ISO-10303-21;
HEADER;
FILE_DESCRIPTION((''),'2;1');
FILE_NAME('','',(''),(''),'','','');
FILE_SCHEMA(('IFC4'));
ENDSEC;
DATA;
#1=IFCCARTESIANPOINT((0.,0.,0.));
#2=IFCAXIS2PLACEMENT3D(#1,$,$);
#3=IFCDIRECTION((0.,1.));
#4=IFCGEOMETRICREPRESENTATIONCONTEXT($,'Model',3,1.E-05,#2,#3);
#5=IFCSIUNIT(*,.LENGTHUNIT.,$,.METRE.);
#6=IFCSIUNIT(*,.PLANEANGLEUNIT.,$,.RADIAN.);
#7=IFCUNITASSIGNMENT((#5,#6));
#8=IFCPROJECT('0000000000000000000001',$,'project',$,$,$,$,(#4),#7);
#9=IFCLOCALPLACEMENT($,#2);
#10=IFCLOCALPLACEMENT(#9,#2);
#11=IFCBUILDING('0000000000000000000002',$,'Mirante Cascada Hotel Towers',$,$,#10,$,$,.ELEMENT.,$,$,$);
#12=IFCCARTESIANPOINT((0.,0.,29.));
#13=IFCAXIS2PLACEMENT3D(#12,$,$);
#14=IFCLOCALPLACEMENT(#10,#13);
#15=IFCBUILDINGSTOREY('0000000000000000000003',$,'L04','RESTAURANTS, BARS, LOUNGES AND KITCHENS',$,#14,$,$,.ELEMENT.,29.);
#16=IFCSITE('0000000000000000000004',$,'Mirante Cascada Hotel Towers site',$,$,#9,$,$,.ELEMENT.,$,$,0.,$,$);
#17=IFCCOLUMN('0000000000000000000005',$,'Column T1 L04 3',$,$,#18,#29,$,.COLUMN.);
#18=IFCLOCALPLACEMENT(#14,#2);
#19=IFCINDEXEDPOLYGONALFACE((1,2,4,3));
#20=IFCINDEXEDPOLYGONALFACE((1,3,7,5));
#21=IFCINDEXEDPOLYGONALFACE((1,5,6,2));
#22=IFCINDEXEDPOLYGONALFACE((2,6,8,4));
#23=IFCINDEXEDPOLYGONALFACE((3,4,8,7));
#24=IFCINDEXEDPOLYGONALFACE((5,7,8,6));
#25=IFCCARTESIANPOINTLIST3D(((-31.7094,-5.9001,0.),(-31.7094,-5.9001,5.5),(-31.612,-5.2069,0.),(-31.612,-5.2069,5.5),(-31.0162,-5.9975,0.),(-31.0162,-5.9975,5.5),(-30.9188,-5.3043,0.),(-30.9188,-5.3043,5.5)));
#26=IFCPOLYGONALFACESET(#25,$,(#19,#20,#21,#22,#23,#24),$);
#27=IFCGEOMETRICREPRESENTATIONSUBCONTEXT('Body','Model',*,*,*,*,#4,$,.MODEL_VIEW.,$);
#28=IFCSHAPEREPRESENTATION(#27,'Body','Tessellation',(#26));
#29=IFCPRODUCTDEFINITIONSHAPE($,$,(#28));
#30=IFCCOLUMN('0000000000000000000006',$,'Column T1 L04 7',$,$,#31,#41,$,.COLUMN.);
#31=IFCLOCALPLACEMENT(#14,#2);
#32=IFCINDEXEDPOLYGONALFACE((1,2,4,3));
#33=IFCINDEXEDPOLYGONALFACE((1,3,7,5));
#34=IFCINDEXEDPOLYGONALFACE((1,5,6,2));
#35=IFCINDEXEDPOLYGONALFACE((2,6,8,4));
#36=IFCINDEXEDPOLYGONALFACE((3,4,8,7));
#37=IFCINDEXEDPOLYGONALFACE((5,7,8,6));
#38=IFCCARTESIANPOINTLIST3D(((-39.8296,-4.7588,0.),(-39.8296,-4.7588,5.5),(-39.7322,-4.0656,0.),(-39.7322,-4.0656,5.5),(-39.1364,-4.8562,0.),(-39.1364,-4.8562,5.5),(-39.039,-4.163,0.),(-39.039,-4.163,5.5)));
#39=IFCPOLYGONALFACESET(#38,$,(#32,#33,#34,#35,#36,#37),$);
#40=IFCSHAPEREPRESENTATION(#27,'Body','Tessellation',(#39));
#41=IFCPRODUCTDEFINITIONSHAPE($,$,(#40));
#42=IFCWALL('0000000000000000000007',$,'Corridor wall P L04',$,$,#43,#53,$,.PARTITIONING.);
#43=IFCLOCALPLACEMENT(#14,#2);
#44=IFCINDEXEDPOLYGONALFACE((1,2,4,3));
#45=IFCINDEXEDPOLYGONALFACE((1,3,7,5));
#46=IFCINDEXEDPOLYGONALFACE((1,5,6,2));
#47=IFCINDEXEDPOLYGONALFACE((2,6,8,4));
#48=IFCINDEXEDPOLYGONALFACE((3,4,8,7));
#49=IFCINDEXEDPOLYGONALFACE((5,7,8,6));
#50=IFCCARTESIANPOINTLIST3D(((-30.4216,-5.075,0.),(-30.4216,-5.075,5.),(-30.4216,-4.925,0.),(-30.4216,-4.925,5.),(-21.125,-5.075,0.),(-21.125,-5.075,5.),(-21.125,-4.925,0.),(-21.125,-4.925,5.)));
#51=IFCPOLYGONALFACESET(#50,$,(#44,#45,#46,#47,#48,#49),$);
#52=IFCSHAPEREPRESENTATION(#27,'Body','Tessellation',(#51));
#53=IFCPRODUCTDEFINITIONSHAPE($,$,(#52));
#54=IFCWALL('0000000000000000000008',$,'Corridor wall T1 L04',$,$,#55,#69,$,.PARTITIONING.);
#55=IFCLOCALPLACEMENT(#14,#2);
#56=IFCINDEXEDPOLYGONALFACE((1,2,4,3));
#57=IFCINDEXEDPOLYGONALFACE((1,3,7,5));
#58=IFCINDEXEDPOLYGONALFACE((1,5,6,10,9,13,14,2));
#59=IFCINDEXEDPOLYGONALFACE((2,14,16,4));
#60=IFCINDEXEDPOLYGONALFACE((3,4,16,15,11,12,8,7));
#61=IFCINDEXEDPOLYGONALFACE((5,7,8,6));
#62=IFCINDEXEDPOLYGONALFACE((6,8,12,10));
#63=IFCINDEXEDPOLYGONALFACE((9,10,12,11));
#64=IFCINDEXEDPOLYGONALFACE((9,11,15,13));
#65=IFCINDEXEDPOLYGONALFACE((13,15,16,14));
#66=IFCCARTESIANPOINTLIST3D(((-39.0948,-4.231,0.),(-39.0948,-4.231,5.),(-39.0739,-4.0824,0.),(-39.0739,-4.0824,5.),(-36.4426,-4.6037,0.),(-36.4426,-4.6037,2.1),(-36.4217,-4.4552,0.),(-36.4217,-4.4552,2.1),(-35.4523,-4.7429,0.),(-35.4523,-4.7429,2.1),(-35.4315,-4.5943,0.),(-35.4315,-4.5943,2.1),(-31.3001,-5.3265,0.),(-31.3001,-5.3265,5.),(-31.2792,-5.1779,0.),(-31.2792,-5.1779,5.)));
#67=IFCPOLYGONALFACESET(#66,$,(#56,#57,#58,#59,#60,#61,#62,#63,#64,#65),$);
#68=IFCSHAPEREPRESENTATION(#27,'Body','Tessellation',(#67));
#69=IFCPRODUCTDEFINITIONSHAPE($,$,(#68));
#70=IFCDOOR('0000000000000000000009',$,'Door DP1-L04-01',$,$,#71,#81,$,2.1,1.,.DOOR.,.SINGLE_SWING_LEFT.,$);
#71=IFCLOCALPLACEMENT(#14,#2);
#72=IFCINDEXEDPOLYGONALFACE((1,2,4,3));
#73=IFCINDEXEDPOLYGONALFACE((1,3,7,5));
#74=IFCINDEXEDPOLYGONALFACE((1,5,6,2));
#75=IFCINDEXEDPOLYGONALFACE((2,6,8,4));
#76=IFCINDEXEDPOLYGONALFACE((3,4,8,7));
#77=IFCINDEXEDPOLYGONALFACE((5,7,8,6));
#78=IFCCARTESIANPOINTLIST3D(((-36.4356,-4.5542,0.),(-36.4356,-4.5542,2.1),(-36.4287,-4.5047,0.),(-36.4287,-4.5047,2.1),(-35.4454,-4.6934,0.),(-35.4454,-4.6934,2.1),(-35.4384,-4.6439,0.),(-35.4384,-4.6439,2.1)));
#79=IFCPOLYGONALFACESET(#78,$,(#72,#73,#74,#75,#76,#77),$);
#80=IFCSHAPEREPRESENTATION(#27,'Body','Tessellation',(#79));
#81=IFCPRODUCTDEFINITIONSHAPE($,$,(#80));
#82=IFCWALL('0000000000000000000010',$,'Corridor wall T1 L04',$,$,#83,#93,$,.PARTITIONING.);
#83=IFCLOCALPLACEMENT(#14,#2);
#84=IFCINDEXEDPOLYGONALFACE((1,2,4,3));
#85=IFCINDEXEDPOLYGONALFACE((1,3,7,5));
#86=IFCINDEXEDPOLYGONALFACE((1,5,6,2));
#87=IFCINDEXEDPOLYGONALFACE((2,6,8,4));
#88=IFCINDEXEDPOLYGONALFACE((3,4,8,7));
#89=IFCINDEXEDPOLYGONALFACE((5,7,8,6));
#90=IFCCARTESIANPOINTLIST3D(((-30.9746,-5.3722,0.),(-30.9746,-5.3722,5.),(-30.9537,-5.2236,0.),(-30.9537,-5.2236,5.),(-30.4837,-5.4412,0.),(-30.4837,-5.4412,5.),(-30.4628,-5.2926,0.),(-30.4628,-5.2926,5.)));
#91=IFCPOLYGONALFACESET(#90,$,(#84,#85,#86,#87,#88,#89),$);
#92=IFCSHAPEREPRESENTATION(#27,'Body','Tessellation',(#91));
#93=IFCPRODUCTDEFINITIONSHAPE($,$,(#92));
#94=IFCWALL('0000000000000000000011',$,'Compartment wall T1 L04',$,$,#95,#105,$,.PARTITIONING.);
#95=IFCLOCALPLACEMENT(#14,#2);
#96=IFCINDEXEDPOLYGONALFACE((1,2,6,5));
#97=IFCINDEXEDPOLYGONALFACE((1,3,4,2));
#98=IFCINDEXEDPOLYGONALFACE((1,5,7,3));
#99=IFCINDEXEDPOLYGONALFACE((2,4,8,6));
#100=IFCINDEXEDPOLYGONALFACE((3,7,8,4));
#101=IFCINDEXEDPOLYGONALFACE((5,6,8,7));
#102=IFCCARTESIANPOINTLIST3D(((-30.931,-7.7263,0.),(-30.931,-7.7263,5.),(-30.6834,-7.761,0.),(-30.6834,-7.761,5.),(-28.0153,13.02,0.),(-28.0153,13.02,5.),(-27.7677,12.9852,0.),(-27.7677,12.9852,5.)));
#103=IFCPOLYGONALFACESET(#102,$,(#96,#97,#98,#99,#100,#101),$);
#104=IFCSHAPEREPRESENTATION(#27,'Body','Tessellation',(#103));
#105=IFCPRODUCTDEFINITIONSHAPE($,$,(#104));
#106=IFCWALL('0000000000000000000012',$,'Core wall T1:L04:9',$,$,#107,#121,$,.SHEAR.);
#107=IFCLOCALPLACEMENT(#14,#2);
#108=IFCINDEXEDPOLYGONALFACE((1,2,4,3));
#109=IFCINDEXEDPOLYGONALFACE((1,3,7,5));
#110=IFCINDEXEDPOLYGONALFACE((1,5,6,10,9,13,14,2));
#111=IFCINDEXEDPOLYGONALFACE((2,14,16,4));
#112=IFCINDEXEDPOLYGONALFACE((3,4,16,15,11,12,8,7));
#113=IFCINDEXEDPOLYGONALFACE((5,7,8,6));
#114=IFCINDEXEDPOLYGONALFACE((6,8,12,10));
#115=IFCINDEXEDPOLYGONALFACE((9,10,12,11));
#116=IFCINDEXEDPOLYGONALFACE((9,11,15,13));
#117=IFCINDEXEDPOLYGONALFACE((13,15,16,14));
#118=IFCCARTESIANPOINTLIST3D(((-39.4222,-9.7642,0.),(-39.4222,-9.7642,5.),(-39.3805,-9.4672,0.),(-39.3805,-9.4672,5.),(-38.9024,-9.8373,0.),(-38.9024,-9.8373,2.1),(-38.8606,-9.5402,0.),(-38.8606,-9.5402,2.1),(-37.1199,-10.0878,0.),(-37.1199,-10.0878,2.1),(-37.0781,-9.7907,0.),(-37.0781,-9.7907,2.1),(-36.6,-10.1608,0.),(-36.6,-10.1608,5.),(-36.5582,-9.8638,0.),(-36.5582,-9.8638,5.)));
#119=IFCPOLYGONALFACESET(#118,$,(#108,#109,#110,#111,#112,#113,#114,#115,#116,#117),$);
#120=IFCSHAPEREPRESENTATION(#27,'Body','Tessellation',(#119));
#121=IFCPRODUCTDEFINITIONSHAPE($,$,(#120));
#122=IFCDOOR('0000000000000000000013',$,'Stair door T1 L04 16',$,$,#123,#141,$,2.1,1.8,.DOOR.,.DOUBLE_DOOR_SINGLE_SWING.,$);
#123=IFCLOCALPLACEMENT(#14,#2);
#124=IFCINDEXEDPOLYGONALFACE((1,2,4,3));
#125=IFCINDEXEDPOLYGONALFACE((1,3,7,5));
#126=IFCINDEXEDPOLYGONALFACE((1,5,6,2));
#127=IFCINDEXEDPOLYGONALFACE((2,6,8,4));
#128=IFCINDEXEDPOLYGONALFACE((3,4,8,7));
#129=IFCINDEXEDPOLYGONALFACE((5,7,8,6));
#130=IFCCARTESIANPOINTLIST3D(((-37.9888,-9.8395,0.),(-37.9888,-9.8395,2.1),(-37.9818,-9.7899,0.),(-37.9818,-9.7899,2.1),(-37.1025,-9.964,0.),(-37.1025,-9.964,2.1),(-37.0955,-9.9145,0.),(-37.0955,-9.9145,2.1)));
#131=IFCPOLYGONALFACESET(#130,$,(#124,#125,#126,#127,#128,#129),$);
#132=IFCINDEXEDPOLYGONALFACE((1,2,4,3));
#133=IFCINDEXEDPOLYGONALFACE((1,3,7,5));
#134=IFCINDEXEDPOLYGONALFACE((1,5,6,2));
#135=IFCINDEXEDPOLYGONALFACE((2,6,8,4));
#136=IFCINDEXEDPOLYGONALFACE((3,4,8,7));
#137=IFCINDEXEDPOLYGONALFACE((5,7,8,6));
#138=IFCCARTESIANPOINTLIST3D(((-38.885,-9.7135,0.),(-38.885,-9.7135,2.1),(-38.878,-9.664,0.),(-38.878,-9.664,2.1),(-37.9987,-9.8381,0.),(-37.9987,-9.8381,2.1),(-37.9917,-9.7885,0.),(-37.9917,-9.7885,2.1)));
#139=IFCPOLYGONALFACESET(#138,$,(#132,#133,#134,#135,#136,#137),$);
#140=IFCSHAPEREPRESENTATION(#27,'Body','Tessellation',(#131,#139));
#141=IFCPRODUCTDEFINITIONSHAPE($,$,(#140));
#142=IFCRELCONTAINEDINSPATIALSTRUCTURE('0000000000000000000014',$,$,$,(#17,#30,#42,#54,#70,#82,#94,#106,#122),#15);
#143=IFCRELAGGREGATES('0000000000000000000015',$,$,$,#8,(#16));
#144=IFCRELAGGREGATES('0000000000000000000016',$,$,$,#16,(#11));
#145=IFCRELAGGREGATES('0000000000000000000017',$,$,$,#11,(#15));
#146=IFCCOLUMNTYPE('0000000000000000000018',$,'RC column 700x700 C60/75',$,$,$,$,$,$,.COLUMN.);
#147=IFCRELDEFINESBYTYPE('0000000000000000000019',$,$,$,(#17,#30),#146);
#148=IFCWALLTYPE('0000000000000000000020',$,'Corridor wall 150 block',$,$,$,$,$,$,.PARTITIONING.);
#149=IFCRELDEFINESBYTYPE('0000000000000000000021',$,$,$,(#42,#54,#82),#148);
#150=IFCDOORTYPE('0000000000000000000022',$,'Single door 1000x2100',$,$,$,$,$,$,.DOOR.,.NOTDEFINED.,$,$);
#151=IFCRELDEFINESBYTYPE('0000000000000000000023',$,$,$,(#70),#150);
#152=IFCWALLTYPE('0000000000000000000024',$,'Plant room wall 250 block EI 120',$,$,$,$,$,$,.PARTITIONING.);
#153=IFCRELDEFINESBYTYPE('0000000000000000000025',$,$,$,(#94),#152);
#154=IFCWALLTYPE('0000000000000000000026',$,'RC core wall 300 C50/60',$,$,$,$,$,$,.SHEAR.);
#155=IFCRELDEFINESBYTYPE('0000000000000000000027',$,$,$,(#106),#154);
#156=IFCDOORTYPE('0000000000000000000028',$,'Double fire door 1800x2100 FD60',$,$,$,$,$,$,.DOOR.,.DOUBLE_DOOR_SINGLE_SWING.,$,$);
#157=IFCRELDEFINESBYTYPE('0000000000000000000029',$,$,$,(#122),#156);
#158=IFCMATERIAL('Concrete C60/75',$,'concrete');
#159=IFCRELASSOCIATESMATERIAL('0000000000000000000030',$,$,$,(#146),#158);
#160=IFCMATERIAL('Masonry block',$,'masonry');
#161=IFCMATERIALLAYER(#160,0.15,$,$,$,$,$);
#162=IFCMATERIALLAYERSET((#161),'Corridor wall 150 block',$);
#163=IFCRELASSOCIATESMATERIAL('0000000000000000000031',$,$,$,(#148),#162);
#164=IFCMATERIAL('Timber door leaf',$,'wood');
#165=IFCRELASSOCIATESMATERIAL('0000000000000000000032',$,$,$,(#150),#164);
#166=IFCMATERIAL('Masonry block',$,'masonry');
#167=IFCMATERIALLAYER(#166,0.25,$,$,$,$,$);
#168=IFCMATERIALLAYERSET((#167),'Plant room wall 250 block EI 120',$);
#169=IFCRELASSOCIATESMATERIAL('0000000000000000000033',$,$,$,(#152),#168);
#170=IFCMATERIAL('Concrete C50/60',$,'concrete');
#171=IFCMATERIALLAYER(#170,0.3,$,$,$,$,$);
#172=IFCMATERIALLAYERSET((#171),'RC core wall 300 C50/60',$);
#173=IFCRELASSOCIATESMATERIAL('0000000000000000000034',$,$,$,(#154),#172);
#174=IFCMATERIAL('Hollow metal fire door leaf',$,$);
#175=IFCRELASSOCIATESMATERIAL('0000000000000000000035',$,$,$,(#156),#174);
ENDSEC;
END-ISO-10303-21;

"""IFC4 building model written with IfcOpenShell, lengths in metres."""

from ifc_helpers import new_model, si_unit, direction, frame, frame_2d, origin, origin_2d, place, context, subcontext, project, spatial, rectangle, extrude, material, layer, layer_set, material_profile, profile_set, type_object, element, fill, save


model = new_model("IFC4")

# Units and contexts
model_context = context("Model", 3, precision=1e-05, world=origin(), true_north=direction((0.0, 1.0)))
body_context = subcontext(model_context, "Body", "Model", "MODEL_VIEW")
ifc_project = project(units=[si_unit("LENGTHUNIT", "METRE"), si_unit("PLANEANGLEUNIT", "RADIAN")], contexts=[model_context])

# Site, building, storey
site_placement = place(None, origin())
site = spatial("IfcSite", under=ifc_project, at=site_placement, Name="Mirante Cascada Hotel Towers site", CompositionType="ELEMENT", RefElevation=0.0)
building_placement = place(site_placement, origin())
building = spatial("IfcBuilding", under=site, at=building_placement, Name="Mirante Cascada Hotel Towers", CompositionType="ELEMENT")
storey_placement = place(building_placement, frame((0.0, 0.0, 29.0)))
storey = spatial("IfcBuildingStorey", under=building, at=storey_placement, Name="L04", Description="RESTAURANTS, BARS, LOUNGES AND KITCHENS", CompositionType="ELEMENT", Elevation=29.0)

# Columns
ifc_material_1 = material(Name="Concrete C60/75", Category="concrete")
ifc_material_profile = material_profile(ifc_material_1, rectangle(XDim=0.7, YDim=0.7, at=origin_2d()), Name="RC column 700x700 C60/75")
ifc_profile_set = profile_set([ifc_material_profile], Name="Concrete C60/75")
column_type = type_object("IfcColumnType", Name="RC column 700x700 C60/75", PredefinedType="COLUMN", material=ifc_profile_set)
for number, where, z_axis, x_axis, name in (
    (1, (-31.3141, -5.6022, 0.0), (0.0, 0.0, 1.0), (-0.990268, 0.139173, 0.0), "Column T1 L04 3"),
    (2, (-39.4343, -4.4609, 0.0), (0.0, 0.0, 1.0), (-0.990268, 0.139173, 0.0), "Column T1 L04 7"),
):
    element("IfcColumn", number, at=place(storey_placement, frame(where, z_axis=z_axis, x_axis=x_axis)), inside=storey, type_object=column_type, Name=name, PredefinedType="COLUMN", context=body_context, shape_type="SweptSolid", body=[
        extrude(rectangle(XDim=0.7, YDim=0.7, at=origin_2d()), origin(), (0.0, 0.0, 1.0), 5.5),
    ])

# Wall
ifc_material_2 = material(Name="Masonry block", Category="masonry")
ifc_layer_1 = layer(ifc_material_2, 0.15)
ifc_layer_set_1 = layer_set([ifc_layer_1], Name="Corridor wall 150 block")
wall_type_1 = type_object("IfcWallType", Name="Corridor wall 150 block", PredefinedType="PARTITIONING", material=ifc_layer_set_1)
wall_1_placement = place(storey_placement, frame((-30.4216, -5.0, 0.0), z_axis=(0.0, 0.0, 1.0), x_axis=(1.0, 0.0, 0.0)))
element("IfcWall", 3, at=wall_1_placement, inside=storey, type_object=wall_type_1, Name="Corridor wall P L04", PredefinedType="PARTITIONING", context=body_context, shape_type="SweptSolid", body=[
    extrude(rectangle(XDim=9.2966, YDim=0.15, at=frame_2d((4.6483, 0.0))), origin(), (0.0, 0.0, 1.0), 5.0),
])

# Wall, opening, door
wall_2_placement = place(storey_placement, frame((-39.0843, -4.1567, 0.0), z_axis=(0.0, 0.0, 1.0), x_axis=(0.990268, -0.139176, 0.0)))
wall_2 = element("IfcWall", 4, at=wall_2_placement, inside=storey, type_object=wall_type_1, Name="Corridor wall T1 L04", PredefinedType="PARTITIONING", context=body_context, shape_type="SweptSolid", body=[
    extrude(rectangle(XDim=7.8713, YDim=0.15, at=frame_2d((3.9356, 0.0))), origin(), (0.0, 0.0, 1.0), 5.0),
])
opening_1_placement = place(wall_2_placement, frame((2.6782, 0.0, 0.0)))
opening_1 = element("IfcOpeningElement", 5, at=opening_1_placement, cuts=wall_2, PredefinedType="OPENING", context=body_context, shape_type="SweptSolid", body=[
    extrude(rectangle(XDim=1.0, YDim=2.1, at=frame_2d((0.5, 1.05))), frame((0.0, 0.075, 0.0), z_axis=(0.0, -1.0, 0.0), x_axis=(1.0, 0.0, 0.0)), (0.0, 0.0, 1.0), 0.15),
])
ifc_material_3 = material(Name="Timber door leaf", Category="wood")
door_type_1 = type_object("IfcDoorType", Name="Single door 1000x2100", OperationType="NOTDEFINED", PredefinedType="DOOR", material=ifc_material_3)
door_1_placement = place(opening_1_placement, frame((1.0, 0.0, 0.0), z_axis=(0.0, 0.0, 1.0), x_axis=(-1.0, 0.0, 0.0)))
door_1 = element("IfcDoor", 6, at=door_1_placement, inside=storey, type_object=door_type_1, Name="Door DP1-L04-01", OperationType="SINGLE_SWING_LEFT", OverallHeight=2.1, OverallWidth=1.0, PredefinedType="DOOR", context=body_context, shape_type="SweptSolid", body=[
    extrude(rectangle(XDim=1.0, YDim=2.1, at=frame_2d((0.5, 1.05))), frame((0.0, 0.025, 0.0), z_axis=(0.0, -1.0, 0.0), x_axis=(1.0, 0.0, 0.0)), (0.0, 0.0, 1.0), 0.05),
])
fill(opening_1, door_1)

# Walls
wall_3_placement = place(storey_placement, frame((-30.9641, -5.2979, 0.0), z_axis=(0.0, 0.0, 1.0), x_axis=(0.990266, -0.13919, 0.0)))
element("IfcWall", 7, at=wall_3_placement, inside=storey, type_object=wall_type_1, Name="Corridor wall T1 L04", PredefinedType="PARTITIONING", context=body_context, shape_type="SweptSolid", body=[
    extrude(rectangle(XDim=0.4957, YDim=0.15, at=frame_2d((0.2478, 0.0))), origin(), (0.0, 0.0, 1.0), 5.0),
])
ifc_material_4 = material(Name="Masonry block", Category="masonry")
ifc_layer_2 = layer(ifc_material_4, 0.25)
ifc_layer_set_2 = layer_set([ifc_layer_2], Name="Plant room wall 250 block EI 120")
wall_type_2 = type_object("IfcWallType", Name="Plant room wall 250 block EI 120", PredefinedType="PARTITIONING", material=ifc_layer_set_2)
wall_4_placement = place(storey_placement, frame((-30.8072, -7.7436, 0.0), z_axis=(0.0, 0.0, 1.0), x_axis=(0.139174, 0.990268, 0.0)))
element("IfcWall", 8, at=wall_4_placement, inside=storey, type_object=wall_type_2, Name="Compartment wall T1 L04", PredefinedType="PARTITIONING", context=body_context, shape_type="SweptSolid", body=[
    extrude(rectangle(XDim=20.9501, YDim=0.25, at=frame_2d((10.475, 0.0))), origin(), (0.0, 0.0, 1.0), 5.0),
])

# Wall, opening, door
ifc_material_5 = material(Name="Concrete C50/60", Category="concrete")
ifc_layer_3 = layer(ifc_material_5, 0.3)
ifc_layer_set_3 = layer_set([ifc_layer_3], Name="RC core wall 300 C50/60")
wall_type_3 = type_object("IfcWallType", Name="RC core wall 300 C50/60", PredefinedType="SHEAR", material=ifc_layer_set_3)
wall_5_placement = place(storey_placement, frame((-36.5791, -10.0123, 0.0), z_axis=(0.0, 0.0, 1.0), x_axis=(-0.99027, 0.139156, 0.0)))
wall_5 = element("IfcWall", 9, at=wall_5_placement, inside=storey, type_object=wall_type_3, Name="Core wall T1:L04:9", PredefinedType="SHEAR", context=body_context, shape_type="SweptSolid", body=[
    extrude(rectangle(XDim=2.85, YDim=0.3, at=frame_2d((1.425, 0.0))), origin(), (0.0, 0.0, 1.0), 5.0),
])
opening_2_placement = place(wall_5_placement, frame((0.525, 0.0, 0.0)))
opening_2 = element("IfcOpeningElement", 10, at=opening_2_placement, cuts=wall_5, PredefinedType="OPENING", context=body_context, shape_type="SweptSolid", body=[
    extrude(rectangle(XDim=1.8, YDim=2.1, at=frame_2d((0.9, 1.05))), frame((0.0, 0.15, 0.0), z_axis=(0.0, -1.0, 0.0), x_axis=(1.0, 0.0, 0.0)), (0.0, 0.0, 1.0), 0.3),
])
ifc_material_6 = material(Name="Hollow metal fire door leaf")
door_type_2 = type_object("IfcDoorType", Name="Double fire door 1800x2100 FD60", OperationType="DOUBLE_DOOR_SINGLE_SWING", PredefinedType="DOOR", material=ifc_material_6)
door_2_placement = place(opening_2_placement, origin())
door_2 = element("IfcDoor", 11, at=door_2_placement, inside=storey, type_object=door_type_2, Name="Stair door T1 L04 16", OperationType="DOUBLE_DOOR_SINGLE_SWING", OverallHeight=2.1, OverallWidth=1.8, PredefinedType="DOOR", context=body_context, shape_type="SweptSolid", body=[
    extrude(rectangle(XDim=0.895, YDim=2.1, at=frame_2d((0.4475, 1.05))), frame((0.0, 0.025, 0.0), z_axis=(0.0, -1.0, 0.0), x_axis=(1.0, 0.0, 0.0)), (0.0, 0.0, 1.0), 0.05),
    extrude(rectangle(XDim=0.895, YDim=2.1, at=frame_2d((1.3525, 1.05))), frame((0.0, 0.025, 0.0), z_axis=(0.0, -1.0, 0.0), x_axis=(1.0, 0.0, 0.0)), (0.0, 0.0, 1.0), 0.05),
])
fill(opening_2, door_2)

save(model, "model.ifc")
